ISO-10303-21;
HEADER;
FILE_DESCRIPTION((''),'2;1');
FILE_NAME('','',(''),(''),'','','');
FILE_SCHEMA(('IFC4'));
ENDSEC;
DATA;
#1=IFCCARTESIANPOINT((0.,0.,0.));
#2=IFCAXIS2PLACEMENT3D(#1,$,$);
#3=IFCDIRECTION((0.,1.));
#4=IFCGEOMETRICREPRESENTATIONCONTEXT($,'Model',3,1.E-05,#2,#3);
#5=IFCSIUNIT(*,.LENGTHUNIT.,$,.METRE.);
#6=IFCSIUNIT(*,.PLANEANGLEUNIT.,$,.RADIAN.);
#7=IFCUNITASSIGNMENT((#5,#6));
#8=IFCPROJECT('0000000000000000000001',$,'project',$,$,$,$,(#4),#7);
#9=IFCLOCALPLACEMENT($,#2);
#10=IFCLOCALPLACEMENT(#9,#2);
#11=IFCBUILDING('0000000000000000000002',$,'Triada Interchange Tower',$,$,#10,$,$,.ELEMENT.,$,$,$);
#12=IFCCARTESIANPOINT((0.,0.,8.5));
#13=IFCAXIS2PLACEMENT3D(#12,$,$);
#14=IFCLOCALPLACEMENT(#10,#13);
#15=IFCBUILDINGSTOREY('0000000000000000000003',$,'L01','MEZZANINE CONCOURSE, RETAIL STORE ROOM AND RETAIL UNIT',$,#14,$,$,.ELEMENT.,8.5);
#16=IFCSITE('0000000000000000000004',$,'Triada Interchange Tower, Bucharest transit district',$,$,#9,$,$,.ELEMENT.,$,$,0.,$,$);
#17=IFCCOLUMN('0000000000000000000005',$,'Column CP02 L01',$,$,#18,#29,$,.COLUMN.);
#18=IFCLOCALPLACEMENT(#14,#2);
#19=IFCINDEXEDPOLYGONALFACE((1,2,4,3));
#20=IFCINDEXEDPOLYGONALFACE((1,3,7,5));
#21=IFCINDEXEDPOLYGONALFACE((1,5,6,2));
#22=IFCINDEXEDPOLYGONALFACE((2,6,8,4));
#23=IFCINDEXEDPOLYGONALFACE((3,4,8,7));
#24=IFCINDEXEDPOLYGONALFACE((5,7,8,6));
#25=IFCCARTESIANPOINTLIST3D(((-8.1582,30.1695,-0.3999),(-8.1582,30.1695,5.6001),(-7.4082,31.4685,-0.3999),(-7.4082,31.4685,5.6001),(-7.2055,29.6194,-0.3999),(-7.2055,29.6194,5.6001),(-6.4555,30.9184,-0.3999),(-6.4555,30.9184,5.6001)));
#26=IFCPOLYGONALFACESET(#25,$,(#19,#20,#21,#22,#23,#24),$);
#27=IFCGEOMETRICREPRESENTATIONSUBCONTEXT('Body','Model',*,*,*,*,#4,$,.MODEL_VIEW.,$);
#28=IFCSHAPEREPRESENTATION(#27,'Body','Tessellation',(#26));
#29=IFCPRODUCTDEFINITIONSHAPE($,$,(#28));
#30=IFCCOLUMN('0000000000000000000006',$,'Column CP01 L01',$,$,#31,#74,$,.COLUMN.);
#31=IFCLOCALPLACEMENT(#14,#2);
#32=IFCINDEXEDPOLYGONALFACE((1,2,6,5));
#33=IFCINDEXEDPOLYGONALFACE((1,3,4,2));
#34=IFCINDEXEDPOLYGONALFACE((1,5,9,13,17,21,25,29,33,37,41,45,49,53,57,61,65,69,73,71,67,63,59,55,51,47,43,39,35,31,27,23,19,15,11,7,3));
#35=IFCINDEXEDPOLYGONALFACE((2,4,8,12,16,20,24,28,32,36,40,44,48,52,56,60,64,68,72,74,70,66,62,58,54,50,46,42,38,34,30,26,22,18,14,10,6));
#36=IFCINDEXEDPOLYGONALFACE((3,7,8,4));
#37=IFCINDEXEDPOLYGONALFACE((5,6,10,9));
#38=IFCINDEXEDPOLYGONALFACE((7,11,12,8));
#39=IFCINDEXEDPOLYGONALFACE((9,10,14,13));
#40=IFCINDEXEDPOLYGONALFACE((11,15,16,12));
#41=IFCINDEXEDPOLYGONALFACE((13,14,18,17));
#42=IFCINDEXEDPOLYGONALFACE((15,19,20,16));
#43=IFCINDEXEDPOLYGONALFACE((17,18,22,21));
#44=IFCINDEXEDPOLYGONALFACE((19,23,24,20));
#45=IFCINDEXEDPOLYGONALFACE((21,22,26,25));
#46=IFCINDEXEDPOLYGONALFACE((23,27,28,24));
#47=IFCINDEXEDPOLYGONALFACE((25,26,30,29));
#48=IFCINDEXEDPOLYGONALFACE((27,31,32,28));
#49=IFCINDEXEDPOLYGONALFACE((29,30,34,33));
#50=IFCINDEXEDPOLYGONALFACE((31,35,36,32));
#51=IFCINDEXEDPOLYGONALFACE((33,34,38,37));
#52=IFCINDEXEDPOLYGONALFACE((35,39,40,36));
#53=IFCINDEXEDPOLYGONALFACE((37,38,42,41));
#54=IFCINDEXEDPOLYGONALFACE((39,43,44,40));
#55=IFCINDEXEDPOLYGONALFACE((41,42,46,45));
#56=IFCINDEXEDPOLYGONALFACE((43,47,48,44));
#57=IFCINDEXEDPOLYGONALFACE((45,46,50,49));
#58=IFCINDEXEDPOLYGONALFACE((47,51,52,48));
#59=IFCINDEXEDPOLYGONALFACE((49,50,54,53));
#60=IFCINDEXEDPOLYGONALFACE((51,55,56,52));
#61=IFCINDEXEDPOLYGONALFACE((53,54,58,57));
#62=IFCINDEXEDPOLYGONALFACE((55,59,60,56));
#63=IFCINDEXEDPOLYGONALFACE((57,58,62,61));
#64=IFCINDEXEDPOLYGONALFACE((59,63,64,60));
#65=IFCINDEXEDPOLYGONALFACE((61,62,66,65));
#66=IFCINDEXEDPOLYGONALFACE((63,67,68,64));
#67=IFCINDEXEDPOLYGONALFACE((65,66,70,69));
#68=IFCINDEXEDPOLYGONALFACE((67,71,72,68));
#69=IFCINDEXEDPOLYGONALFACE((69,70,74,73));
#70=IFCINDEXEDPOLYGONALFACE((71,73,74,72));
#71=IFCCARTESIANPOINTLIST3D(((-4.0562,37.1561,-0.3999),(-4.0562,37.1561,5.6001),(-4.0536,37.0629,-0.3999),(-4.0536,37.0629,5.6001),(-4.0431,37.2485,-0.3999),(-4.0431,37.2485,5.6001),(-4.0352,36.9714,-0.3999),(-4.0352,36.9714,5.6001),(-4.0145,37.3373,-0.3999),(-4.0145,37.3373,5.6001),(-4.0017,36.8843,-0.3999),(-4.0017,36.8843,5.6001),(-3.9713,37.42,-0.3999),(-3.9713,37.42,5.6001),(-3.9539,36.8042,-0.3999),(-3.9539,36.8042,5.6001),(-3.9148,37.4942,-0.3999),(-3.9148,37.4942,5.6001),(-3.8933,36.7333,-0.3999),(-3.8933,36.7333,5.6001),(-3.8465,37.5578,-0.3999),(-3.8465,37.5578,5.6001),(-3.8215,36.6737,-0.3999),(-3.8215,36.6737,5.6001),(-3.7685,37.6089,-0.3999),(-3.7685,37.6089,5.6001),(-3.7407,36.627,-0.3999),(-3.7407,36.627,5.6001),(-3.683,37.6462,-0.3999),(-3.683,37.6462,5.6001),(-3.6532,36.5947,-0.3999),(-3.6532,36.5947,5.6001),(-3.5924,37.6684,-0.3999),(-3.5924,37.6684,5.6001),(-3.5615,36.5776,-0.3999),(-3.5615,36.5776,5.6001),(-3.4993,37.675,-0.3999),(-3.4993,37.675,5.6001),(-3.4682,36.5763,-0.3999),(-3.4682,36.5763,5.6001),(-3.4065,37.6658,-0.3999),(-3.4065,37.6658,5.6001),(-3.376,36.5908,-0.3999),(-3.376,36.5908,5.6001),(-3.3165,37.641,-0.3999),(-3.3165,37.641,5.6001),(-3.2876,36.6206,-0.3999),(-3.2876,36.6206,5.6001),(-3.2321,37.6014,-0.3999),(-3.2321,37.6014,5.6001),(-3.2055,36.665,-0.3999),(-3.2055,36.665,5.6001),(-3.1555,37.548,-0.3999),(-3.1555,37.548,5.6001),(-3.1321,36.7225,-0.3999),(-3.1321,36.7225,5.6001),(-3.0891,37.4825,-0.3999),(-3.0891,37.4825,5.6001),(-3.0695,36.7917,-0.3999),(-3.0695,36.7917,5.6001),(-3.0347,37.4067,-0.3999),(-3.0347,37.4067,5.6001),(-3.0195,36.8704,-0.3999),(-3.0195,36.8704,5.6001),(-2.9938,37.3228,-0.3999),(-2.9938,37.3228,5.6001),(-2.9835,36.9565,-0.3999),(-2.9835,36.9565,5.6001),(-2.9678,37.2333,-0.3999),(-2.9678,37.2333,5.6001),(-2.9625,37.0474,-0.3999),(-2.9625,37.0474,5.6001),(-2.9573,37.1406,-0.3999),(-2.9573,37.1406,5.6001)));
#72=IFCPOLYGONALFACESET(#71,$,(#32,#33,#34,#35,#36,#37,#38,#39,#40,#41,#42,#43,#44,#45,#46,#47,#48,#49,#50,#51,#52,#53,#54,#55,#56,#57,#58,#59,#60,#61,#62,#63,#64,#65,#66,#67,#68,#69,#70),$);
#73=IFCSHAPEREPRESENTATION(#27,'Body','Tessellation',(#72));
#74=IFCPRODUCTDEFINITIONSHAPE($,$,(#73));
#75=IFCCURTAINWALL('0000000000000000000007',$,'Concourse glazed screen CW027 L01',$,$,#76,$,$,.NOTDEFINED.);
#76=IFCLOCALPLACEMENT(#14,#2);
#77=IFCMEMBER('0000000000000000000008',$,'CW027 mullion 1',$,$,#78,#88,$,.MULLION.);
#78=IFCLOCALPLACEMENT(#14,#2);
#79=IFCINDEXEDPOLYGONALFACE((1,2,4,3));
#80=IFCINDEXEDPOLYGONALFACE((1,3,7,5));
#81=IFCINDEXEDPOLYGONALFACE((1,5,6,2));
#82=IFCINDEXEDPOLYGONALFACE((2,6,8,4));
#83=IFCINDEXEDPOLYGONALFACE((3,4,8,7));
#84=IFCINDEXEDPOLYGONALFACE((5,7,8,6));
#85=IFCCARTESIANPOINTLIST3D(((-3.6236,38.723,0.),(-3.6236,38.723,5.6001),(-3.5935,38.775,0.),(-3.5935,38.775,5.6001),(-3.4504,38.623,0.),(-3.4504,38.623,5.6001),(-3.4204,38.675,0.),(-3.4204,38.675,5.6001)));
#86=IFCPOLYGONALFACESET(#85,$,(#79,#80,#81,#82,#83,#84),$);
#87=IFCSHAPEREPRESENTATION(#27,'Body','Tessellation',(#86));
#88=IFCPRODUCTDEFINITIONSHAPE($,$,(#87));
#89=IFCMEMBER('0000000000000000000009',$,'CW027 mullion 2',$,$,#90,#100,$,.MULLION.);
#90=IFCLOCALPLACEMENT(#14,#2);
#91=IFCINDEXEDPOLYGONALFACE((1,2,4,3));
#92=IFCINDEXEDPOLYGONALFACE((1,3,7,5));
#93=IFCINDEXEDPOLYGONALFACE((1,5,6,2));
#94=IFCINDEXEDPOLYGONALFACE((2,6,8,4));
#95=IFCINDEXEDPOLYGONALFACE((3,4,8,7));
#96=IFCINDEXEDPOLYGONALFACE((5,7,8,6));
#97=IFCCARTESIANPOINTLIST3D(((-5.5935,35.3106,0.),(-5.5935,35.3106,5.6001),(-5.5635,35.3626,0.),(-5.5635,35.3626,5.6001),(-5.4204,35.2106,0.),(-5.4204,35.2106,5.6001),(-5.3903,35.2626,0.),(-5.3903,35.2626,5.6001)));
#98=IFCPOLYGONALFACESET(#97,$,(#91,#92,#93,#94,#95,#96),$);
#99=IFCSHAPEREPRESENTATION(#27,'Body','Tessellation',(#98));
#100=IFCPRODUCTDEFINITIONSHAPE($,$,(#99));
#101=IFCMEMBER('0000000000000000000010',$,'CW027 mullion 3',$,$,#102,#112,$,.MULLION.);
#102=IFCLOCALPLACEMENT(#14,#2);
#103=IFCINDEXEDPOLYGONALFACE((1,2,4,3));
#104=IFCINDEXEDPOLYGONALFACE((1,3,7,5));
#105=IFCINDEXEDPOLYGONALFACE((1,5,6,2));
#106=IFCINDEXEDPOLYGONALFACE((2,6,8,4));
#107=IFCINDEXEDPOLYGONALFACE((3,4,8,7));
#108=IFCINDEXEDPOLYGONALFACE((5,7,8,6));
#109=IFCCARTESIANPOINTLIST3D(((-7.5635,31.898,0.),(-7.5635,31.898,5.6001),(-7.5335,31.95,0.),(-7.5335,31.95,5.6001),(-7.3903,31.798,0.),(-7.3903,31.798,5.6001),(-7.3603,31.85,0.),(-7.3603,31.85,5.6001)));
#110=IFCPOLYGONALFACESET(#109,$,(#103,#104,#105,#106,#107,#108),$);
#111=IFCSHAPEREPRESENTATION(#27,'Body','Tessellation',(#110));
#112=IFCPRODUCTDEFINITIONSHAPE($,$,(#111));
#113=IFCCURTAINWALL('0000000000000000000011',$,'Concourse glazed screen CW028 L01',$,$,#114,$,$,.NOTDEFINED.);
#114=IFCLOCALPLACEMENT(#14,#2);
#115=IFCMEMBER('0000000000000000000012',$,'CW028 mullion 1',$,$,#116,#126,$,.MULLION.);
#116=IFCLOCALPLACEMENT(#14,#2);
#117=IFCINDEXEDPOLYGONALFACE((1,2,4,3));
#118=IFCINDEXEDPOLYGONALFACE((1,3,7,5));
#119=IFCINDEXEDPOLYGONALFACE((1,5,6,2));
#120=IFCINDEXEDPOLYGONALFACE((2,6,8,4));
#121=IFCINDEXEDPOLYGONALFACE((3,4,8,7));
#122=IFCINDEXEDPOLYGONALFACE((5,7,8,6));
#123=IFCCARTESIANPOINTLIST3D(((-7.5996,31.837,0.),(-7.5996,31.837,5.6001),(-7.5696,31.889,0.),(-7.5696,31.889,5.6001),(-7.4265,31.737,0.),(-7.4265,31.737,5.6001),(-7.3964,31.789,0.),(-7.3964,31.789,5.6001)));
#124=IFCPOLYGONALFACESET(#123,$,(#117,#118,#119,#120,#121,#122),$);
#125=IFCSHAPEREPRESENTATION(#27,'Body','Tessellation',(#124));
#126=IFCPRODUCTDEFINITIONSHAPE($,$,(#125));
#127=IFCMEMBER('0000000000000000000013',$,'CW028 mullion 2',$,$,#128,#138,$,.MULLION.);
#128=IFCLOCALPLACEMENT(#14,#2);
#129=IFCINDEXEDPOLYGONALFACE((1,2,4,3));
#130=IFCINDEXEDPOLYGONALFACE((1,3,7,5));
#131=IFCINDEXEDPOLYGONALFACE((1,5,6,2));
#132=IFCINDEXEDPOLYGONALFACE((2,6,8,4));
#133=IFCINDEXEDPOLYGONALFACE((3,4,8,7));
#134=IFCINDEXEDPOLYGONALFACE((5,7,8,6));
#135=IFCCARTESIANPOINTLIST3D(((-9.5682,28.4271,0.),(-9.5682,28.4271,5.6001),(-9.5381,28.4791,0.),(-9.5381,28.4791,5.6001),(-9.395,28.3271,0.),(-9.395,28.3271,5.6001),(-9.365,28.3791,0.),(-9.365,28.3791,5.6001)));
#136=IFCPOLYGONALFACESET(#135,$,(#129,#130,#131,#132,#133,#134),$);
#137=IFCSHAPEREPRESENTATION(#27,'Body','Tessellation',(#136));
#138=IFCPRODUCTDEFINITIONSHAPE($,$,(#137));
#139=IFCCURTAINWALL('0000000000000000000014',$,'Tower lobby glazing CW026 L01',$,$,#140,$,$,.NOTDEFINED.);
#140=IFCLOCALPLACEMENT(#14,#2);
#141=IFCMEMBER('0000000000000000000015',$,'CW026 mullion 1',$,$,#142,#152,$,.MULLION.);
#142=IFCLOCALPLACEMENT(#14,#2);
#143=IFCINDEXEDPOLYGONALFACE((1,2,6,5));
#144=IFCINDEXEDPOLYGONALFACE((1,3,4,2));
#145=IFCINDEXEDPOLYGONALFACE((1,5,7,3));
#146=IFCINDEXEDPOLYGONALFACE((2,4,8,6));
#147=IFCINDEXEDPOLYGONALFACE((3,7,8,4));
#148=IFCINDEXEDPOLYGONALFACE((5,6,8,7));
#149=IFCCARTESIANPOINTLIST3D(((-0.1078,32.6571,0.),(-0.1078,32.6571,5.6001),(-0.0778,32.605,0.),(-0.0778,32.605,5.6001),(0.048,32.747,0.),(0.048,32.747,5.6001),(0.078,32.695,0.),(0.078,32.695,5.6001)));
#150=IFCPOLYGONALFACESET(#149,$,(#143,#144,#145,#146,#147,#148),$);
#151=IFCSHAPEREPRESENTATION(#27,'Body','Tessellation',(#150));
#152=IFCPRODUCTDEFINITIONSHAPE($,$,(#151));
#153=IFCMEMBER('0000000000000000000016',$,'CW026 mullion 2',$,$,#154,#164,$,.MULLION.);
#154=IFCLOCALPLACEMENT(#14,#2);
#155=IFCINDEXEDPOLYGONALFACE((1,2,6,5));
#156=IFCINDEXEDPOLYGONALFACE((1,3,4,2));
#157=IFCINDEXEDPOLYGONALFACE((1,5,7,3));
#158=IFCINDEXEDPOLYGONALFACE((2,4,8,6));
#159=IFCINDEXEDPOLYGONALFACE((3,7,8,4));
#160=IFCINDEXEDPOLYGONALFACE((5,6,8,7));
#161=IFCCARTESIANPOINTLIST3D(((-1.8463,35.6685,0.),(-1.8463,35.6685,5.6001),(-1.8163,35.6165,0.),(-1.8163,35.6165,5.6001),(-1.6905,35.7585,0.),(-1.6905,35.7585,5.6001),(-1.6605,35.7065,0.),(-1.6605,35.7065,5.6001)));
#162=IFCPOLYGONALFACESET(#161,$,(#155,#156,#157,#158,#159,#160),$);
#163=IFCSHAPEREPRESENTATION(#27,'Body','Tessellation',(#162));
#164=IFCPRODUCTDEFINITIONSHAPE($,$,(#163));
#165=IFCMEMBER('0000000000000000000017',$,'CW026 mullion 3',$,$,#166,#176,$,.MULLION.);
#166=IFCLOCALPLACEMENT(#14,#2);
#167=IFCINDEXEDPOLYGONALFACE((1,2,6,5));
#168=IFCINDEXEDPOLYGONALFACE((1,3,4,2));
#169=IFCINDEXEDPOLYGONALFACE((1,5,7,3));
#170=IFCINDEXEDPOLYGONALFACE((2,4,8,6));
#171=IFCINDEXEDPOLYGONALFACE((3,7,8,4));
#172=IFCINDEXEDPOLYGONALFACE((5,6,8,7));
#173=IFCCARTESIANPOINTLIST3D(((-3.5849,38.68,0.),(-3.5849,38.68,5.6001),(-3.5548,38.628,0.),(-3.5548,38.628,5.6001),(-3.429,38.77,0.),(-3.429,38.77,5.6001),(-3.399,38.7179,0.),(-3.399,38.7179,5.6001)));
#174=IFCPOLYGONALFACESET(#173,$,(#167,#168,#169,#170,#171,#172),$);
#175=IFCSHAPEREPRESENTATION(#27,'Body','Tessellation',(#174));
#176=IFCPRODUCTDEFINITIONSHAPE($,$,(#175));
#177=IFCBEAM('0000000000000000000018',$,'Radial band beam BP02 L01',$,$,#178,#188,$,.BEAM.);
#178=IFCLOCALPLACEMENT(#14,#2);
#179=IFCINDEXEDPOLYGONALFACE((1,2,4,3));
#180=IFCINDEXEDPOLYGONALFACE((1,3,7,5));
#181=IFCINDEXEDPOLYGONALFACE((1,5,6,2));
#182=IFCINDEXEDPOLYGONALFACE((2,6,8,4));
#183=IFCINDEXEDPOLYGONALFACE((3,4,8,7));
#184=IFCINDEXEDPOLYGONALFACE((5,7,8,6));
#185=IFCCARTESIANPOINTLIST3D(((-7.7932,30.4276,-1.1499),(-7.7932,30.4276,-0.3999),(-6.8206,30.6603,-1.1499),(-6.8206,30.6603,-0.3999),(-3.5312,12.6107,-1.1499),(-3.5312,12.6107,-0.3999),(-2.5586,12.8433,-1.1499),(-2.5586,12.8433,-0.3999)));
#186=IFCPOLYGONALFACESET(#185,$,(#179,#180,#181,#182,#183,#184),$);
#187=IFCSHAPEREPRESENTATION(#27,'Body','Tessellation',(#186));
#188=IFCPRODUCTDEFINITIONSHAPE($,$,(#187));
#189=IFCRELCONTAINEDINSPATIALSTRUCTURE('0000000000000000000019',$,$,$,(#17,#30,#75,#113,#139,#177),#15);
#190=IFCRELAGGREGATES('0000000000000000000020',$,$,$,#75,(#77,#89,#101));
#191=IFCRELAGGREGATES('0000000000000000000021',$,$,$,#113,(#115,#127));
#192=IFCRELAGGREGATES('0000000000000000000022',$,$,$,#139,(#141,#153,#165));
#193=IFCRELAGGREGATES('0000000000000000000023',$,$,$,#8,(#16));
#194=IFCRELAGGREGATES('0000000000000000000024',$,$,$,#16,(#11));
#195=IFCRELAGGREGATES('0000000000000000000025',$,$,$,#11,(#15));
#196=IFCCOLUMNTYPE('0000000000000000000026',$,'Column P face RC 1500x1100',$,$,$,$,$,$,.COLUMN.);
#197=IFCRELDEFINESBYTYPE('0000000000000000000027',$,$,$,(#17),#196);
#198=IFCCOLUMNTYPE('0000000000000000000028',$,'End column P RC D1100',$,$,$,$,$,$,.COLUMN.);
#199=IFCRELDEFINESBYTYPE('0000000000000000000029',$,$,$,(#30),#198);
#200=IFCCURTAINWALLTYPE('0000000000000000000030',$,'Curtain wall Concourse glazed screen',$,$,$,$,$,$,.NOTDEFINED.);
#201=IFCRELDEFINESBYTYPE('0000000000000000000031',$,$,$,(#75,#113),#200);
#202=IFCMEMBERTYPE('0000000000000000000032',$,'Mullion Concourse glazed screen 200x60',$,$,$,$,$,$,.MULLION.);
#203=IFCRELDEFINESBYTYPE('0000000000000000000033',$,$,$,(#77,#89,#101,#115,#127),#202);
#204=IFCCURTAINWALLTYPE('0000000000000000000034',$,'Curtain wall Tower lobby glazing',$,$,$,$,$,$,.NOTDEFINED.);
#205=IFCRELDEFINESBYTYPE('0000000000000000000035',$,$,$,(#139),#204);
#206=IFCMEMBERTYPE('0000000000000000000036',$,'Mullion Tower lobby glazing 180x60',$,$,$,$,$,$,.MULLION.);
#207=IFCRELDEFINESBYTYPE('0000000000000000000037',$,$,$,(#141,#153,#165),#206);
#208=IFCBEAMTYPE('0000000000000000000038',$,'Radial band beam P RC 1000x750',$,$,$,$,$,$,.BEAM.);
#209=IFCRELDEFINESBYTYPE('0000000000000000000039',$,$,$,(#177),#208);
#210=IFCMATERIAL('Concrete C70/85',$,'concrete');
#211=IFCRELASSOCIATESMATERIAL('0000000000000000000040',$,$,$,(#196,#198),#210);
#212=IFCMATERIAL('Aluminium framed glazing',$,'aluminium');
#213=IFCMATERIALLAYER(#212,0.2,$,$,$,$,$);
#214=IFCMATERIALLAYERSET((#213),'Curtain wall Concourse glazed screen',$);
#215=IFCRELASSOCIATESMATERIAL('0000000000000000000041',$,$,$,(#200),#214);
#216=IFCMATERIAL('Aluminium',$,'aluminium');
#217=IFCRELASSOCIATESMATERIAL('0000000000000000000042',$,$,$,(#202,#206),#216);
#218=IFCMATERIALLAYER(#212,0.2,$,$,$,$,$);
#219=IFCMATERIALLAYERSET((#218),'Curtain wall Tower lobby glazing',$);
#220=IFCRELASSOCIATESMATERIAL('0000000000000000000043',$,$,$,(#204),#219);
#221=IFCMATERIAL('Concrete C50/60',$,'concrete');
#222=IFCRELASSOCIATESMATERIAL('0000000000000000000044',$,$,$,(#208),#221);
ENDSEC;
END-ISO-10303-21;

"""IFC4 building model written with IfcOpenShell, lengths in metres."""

from ifc_helpers import new_model, si_unit, direction, frame, origin, origin_2d, place, context, subcontext, project, spatial, rectangle, circle, extrude, material, layer, layer_set, material_profile, profile_set, type_object, element, aggregate, save


model = new_model("IFC4")

# Units and contexts
model_context = context("Model", 3, precision=1e-05, world=origin(), true_north=direction((0.0, 1.0)))
body_context = subcontext(model_context, "Body", "Model", "MODEL_VIEW")
ifc_project = project(units=[si_unit("LENGTHUNIT", "METRE"), si_unit("PLANEANGLEUNIT", "RADIAN")], contexts=[model_context])

# Site, building, storey
site_placement = place(None, origin())
site = spatial("IfcSite", under=ifc_project, at=site_placement, Name="Triada Interchange Tower, Bucharest transit district", CompositionType="ELEMENT", RefElevation=0.0)
building_placement = place(site_placement, origin())
building = spatial("IfcBuilding", under=site, at=building_placement, Name="Triada Interchange Tower", CompositionType="ELEMENT")
storey_placement = place(building_placement, frame((0.0, 0.0, 8.5)))
storey = spatial("IfcBuildingStorey", under=building, at=storey_placement, Name="L01", Description="MEZZANINE CONCOURSE, RETAIL STORE ROOM AND RETAIL UNIT", CompositionType="ELEMENT", Elevation=8.5)

# Columns
ifc_material_1 = material(Name="Concrete C70/85", Category="concrete")
ifc_material_profile_1 = material_profile(ifc_material_1, rectangle(XDim=1.5, YDim=1.1001, at=origin_2d()), Name="RC 1500x1100")
ifc_profile_set_1 = profile_set([ifc_material_profile_1], Name="Concrete C70/85")
column_type_1 = type_object("IfcColumnType", Name="Column P face RC 1500x1100", PredefinedType="COLUMN", material=ifc_profile_set_1)
column_1_placement = place(storey_placement, frame((-7.3069, 30.5439, -0.3999), z_axis=(0.0, 0.0, 1.0), x_axis=(0.5, 0.866025, 0.0)))
element("IfcColumn", 1, at=column_1_placement, inside=storey, type_object=column_type_1, Name="Column CP02 L01", PredefinedType="COLUMN", context=body_context, shape_type="SweptSolid", body=[
    extrude(rectangle(XDim=1.5, YDim=1.1001, at=origin_2d()), origin(), (0.0, 0.0, 1.0), 6.0),
])
ifc_material_profile_2 = material_profile(ifc_material_1, circle(Radius=0.55, at=origin_2d()), Name="RC D1100")
ifc_profile_set_2 = profile_set([ifc_material_profile_2], Name="Concrete C70/85")
column_type_2 = type_object("IfcColumnType", Name="End column P RC D1100", PredefinedType="COLUMN", material=ifc_profile_set_2)
column_2_placement = place(storey_placement, frame((-3.5071, 37.125, -0.3999), z_axis=(0.0, 0.0, 1.0), x_axis=(0.5, 0.866025, 0.0)))
element("IfcColumn", 2, at=column_2_placement, inside=storey, type_object=column_type_2, Name="Column CP01 L01", PredefinedType="COLUMN", context=body_context, shape_type="SweptSolid", body=[
    extrude(circle(Radius=0.55, at=origin_2d()), origin(), (0.0, 0.0, 1.0), 6.0),
])

# Curtain walls, members
ifc_material_2 = material(Name="Aluminium framed glazing", Category="aluminium")
ifc_layer_1 = layer(ifc_material_2, 0.2)
ifc_layer_set_1 = layer_set([ifc_layer_1], Name="Curtain wall Concourse glazed screen")
curtain_wall_type_1 = type_object("IfcCurtainWallType", Name="Curtain wall Concourse glazed screen", PredefinedType="NOTDEFINED", material=ifc_layer_set_1)
curtain_wall_1_placement = place(storey_placement, origin())
curtain_wall_1 = element("IfcCurtainWall", 3, at=curtain_wall_1_placement, inside=storey, type_object=curtain_wall_type_1, Name="Concourse glazed screen CW027 L01", PredefinedType="NOTDEFINED")
ifc_material_3 = material(Name="Aluminium", Category="aluminium")
ifc_material_profile_3 = material_profile(ifc_material_3, rectangle(XDim=0.2, YDim=0.0601, at=origin_2d()), Name="Aluminium mullion")
ifc_profile_set_3 = profile_set([ifc_material_profile_3], Name="Aluminium")
member_type_1 = type_object("IfcMemberType", Name="Mullion Concourse glazed screen 200x60", PredefinedType="MULLION", material=ifc_profile_set_3)
member_1_placement = place(storey_placement, frame((-3.522, 38.699, 0.0), z_axis=(0.0, 0.0, 1.0), x_axis=(0.866049, -0.499959, 0.0)))
member_1 = element("IfcMember", 4, at=member_1_placement, type_object=member_type_1, Name="CW027 mullion 1", PredefinedType="MULLION", context=body_context, shape_type="SweptSolid", body=[
    extrude(rectangle(XDim=0.2, YDim=0.0601, at=origin_2d()), origin(), (0.0, 0.0, 1.0), 5.6001),
])
member_2_placement = place(storey_placement, frame((-5.4919, 35.2866, 0.0), z_axis=(0.0, 0.0, 1.0), x_axis=(0.866049, -0.499959, 0.0)))
member_2 = element("IfcMember", 5, at=member_2_placement, type_object=member_type_1, Name="CW027 mullion 2", PredefinedType="MULLION", context=body_context, shape_type="SweptSolid", body=[
    extrude(rectangle(XDim=0.2, YDim=0.0601, at=origin_2d()), origin(), (0.0, 0.0, 1.0), 5.6001),
])
member_3_placement = place(storey_placement, frame((-7.4619, 31.874, 0.0), z_axis=(0.0, 0.0, 1.0), x_axis=(0.866049, -0.499959, 0.0)))
member_3 = element("IfcMember", 6, at=member_3_placement, type_object=member_type_1, Name="CW027 mullion 3", PredefinedType="MULLION", context=body_context, shape_type="SweptSolid", body=[
    extrude(rectangle(XDim=0.2, YDim=0.0601, at=origin_2d()), origin(), (0.0, 0.0, 1.0), 5.6001),
])
curtain_wall_2_placement = place(storey_placement, origin())
curtain_wall_2 = element("IfcCurtainWall", 7, at=curtain_wall_2_placement, inside=storey, type_object=curtain_wall_type_1, Name="Concourse glazed screen CW028 L01", PredefinedType="NOTDEFINED")
member_4_placement = place(storey_placement, frame((-7.498, 31.813, 0.0), z_axis=(0.0, 0.0, 1.0), x_axis=(0.866055, -0.499948, 0.0)))
member_4 = element("IfcMember", 8, at=member_4_placement, type_object=member_type_1, Name="CW028 mullion 1", PredefinedType="MULLION", context=body_context, shape_type="SweptSolid", body=[
    extrude(rectangle(XDim=0.2, YDim=0.0601, at=origin_2d()), origin(), (0.0, 0.0, 1.0), 5.6001),
])
member_5_placement = place(storey_placement, frame((-9.4666, 28.4031, 0.0), z_axis=(0.0, 0.0, 1.0), x_axis=(0.866055, -0.499948, 0.0)))
member_5 = element("IfcMember", 9, at=member_5_placement, type_object=member_type_1, Name="CW028 mullion 2", PredefinedType="MULLION", context=body_context, shape_type="SweptSolid", body=[
    extrude(rectangle(XDim=0.2, YDim=0.0601, at=origin_2d()), origin(), (0.0, 0.0, 1.0), 5.6001),
])
ifc_layer_2 = layer(ifc_material_2, 0.2)
ifc_layer_set_2 = layer_set([ifc_layer_2], Name="Curtain wall Tower lobby glazing")
curtain_wall_type_2 = type_object("IfcCurtainWallType", Name="Curtain wall Tower lobby glazing", PredefinedType="NOTDEFINED", material=ifc_layer_set_2)
curtain_wall_3_placement = place(storey_placement, origin())
curtain_wall_3 = element("IfcCurtainWall", 10, at=curtain_wall_3_placement, inside=storey, type_object=curtain_wall_type_2, Name="Tower lobby glazing CW026 L01", PredefinedType="NOTDEFINED")
ifc_material_profile_4 = material_profile(ifc_material_3, rectangle(XDim=0.1799, YDim=0.0601, at=origin_2d()), Name="Aluminium mullion")
ifc_profile_set_4 = profile_set([ifc_material_profile_4], Name="Aluminium")
member_type_2 = type_object("IfcMemberType", Name="Mullion Tower lobby glazing 180x60", PredefinedType="MULLION", material=ifc_profile_set_4)
member_6_placement = place(storey_placement, frame((-0.0149, 32.676, 0.0), z_axis=(0.0, 0.0, 1.0), x_axis=(-0.86605, -0.499957, 0.0)))
member_6 = element("IfcMember", 11, at=member_6_placement, type_object=member_type_2, Name="CW026 mullion 1", PredefinedType="MULLION", context=body_context, shape_type="SweptSolid", body=[
    extrude(rectangle(XDim=0.1799, YDim=0.0601, at=origin_2d()), origin(), (0.0, 0.0, 1.0), 5.6001),
])
member_7_placement = place(storey_placement, frame((-1.7534, 35.6875, 0.0), z_axis=(0.0, 0.0, 1.0), x_axis=(-0.86605, -0.499957, 0.0)))
member_7 = element("IfcMember", 12, at=member_7_placement, type_object=member_type_2, Name="CW026 mullion 2", PredefinedType="MULLION", context=body_context, shape_type="SweptSolid", body=[
    extrude(rectangle(XDim=0.1799, YDim=0.0601, at=origin_2d()), origin(), (0.0, 0.0, 1.0), 5.6001),
])
member_8_placement = place(storey_placement, frame((-3.4919, 38.699, 0.0), z_axis=(0.0, 0.0, 1.0), x_axis=(-0.86605, -0.499957, 0.0)))
member_8 = element("IfcMember", 13, at=member_8_placement, type_object=member_type_2, Name="CW026 mullion 3", PredefinedType="MULLION", context=body_context, shape_type="SweptSolid", body=[
    extrude(rectangle(XDim=0.1799, YDim=0.0601, at=origin_2d()), origin(), (0.0, 0.0, 1.0), 5.6001),
])

# Beam
ifc_material_4 = material(Name="Concrete C50/60", Category="concrete")
ifc_material_profile_5 = material_profile(ifc_material_4, rectangle(XDim=1.0, YDim=0.75, at=origin_2d()), Name="RC 1000x750")
ifc_profile_set_5 = profile_set([ifc_material_profile_5], Name="Concrete C50/60")
beam_type_1 = type_object("IfcBeamType", Name="Radial band beam P RC 1000x750", PredefinedType="BEAM", material=ifc_profile_set_5)
beam_1_placement = place(storey_placement, frame((-7.3069, 30.5439, -0.7749), z_axis=(0.232646, -0.972562, 0.0), x_axis=(0.972562, 0.232646, 0.0)))
element("IfcBeam", 14, at=beam_1_placement, inside=storey, type_object=beam_type_1, Name="Radial band beam BP02 L01", PredefinedType="BEAM", context=body_context, shape_type="SweptSolid", body=[
    extrude(rectangle(XDim=1.0, YDim=0.75, at=origin_2d()), origin(), (0.0, 0.0, 1.0), 18.3196),
])

aggregate(curtain_wall_1, [member_1, member_2, member_3])
aggregate(curtain_wall_2, [member_4, member_5])
aggregate(curtain_wall_3, [member_6, member_7, member_8])

save(model, "model.ifc")
